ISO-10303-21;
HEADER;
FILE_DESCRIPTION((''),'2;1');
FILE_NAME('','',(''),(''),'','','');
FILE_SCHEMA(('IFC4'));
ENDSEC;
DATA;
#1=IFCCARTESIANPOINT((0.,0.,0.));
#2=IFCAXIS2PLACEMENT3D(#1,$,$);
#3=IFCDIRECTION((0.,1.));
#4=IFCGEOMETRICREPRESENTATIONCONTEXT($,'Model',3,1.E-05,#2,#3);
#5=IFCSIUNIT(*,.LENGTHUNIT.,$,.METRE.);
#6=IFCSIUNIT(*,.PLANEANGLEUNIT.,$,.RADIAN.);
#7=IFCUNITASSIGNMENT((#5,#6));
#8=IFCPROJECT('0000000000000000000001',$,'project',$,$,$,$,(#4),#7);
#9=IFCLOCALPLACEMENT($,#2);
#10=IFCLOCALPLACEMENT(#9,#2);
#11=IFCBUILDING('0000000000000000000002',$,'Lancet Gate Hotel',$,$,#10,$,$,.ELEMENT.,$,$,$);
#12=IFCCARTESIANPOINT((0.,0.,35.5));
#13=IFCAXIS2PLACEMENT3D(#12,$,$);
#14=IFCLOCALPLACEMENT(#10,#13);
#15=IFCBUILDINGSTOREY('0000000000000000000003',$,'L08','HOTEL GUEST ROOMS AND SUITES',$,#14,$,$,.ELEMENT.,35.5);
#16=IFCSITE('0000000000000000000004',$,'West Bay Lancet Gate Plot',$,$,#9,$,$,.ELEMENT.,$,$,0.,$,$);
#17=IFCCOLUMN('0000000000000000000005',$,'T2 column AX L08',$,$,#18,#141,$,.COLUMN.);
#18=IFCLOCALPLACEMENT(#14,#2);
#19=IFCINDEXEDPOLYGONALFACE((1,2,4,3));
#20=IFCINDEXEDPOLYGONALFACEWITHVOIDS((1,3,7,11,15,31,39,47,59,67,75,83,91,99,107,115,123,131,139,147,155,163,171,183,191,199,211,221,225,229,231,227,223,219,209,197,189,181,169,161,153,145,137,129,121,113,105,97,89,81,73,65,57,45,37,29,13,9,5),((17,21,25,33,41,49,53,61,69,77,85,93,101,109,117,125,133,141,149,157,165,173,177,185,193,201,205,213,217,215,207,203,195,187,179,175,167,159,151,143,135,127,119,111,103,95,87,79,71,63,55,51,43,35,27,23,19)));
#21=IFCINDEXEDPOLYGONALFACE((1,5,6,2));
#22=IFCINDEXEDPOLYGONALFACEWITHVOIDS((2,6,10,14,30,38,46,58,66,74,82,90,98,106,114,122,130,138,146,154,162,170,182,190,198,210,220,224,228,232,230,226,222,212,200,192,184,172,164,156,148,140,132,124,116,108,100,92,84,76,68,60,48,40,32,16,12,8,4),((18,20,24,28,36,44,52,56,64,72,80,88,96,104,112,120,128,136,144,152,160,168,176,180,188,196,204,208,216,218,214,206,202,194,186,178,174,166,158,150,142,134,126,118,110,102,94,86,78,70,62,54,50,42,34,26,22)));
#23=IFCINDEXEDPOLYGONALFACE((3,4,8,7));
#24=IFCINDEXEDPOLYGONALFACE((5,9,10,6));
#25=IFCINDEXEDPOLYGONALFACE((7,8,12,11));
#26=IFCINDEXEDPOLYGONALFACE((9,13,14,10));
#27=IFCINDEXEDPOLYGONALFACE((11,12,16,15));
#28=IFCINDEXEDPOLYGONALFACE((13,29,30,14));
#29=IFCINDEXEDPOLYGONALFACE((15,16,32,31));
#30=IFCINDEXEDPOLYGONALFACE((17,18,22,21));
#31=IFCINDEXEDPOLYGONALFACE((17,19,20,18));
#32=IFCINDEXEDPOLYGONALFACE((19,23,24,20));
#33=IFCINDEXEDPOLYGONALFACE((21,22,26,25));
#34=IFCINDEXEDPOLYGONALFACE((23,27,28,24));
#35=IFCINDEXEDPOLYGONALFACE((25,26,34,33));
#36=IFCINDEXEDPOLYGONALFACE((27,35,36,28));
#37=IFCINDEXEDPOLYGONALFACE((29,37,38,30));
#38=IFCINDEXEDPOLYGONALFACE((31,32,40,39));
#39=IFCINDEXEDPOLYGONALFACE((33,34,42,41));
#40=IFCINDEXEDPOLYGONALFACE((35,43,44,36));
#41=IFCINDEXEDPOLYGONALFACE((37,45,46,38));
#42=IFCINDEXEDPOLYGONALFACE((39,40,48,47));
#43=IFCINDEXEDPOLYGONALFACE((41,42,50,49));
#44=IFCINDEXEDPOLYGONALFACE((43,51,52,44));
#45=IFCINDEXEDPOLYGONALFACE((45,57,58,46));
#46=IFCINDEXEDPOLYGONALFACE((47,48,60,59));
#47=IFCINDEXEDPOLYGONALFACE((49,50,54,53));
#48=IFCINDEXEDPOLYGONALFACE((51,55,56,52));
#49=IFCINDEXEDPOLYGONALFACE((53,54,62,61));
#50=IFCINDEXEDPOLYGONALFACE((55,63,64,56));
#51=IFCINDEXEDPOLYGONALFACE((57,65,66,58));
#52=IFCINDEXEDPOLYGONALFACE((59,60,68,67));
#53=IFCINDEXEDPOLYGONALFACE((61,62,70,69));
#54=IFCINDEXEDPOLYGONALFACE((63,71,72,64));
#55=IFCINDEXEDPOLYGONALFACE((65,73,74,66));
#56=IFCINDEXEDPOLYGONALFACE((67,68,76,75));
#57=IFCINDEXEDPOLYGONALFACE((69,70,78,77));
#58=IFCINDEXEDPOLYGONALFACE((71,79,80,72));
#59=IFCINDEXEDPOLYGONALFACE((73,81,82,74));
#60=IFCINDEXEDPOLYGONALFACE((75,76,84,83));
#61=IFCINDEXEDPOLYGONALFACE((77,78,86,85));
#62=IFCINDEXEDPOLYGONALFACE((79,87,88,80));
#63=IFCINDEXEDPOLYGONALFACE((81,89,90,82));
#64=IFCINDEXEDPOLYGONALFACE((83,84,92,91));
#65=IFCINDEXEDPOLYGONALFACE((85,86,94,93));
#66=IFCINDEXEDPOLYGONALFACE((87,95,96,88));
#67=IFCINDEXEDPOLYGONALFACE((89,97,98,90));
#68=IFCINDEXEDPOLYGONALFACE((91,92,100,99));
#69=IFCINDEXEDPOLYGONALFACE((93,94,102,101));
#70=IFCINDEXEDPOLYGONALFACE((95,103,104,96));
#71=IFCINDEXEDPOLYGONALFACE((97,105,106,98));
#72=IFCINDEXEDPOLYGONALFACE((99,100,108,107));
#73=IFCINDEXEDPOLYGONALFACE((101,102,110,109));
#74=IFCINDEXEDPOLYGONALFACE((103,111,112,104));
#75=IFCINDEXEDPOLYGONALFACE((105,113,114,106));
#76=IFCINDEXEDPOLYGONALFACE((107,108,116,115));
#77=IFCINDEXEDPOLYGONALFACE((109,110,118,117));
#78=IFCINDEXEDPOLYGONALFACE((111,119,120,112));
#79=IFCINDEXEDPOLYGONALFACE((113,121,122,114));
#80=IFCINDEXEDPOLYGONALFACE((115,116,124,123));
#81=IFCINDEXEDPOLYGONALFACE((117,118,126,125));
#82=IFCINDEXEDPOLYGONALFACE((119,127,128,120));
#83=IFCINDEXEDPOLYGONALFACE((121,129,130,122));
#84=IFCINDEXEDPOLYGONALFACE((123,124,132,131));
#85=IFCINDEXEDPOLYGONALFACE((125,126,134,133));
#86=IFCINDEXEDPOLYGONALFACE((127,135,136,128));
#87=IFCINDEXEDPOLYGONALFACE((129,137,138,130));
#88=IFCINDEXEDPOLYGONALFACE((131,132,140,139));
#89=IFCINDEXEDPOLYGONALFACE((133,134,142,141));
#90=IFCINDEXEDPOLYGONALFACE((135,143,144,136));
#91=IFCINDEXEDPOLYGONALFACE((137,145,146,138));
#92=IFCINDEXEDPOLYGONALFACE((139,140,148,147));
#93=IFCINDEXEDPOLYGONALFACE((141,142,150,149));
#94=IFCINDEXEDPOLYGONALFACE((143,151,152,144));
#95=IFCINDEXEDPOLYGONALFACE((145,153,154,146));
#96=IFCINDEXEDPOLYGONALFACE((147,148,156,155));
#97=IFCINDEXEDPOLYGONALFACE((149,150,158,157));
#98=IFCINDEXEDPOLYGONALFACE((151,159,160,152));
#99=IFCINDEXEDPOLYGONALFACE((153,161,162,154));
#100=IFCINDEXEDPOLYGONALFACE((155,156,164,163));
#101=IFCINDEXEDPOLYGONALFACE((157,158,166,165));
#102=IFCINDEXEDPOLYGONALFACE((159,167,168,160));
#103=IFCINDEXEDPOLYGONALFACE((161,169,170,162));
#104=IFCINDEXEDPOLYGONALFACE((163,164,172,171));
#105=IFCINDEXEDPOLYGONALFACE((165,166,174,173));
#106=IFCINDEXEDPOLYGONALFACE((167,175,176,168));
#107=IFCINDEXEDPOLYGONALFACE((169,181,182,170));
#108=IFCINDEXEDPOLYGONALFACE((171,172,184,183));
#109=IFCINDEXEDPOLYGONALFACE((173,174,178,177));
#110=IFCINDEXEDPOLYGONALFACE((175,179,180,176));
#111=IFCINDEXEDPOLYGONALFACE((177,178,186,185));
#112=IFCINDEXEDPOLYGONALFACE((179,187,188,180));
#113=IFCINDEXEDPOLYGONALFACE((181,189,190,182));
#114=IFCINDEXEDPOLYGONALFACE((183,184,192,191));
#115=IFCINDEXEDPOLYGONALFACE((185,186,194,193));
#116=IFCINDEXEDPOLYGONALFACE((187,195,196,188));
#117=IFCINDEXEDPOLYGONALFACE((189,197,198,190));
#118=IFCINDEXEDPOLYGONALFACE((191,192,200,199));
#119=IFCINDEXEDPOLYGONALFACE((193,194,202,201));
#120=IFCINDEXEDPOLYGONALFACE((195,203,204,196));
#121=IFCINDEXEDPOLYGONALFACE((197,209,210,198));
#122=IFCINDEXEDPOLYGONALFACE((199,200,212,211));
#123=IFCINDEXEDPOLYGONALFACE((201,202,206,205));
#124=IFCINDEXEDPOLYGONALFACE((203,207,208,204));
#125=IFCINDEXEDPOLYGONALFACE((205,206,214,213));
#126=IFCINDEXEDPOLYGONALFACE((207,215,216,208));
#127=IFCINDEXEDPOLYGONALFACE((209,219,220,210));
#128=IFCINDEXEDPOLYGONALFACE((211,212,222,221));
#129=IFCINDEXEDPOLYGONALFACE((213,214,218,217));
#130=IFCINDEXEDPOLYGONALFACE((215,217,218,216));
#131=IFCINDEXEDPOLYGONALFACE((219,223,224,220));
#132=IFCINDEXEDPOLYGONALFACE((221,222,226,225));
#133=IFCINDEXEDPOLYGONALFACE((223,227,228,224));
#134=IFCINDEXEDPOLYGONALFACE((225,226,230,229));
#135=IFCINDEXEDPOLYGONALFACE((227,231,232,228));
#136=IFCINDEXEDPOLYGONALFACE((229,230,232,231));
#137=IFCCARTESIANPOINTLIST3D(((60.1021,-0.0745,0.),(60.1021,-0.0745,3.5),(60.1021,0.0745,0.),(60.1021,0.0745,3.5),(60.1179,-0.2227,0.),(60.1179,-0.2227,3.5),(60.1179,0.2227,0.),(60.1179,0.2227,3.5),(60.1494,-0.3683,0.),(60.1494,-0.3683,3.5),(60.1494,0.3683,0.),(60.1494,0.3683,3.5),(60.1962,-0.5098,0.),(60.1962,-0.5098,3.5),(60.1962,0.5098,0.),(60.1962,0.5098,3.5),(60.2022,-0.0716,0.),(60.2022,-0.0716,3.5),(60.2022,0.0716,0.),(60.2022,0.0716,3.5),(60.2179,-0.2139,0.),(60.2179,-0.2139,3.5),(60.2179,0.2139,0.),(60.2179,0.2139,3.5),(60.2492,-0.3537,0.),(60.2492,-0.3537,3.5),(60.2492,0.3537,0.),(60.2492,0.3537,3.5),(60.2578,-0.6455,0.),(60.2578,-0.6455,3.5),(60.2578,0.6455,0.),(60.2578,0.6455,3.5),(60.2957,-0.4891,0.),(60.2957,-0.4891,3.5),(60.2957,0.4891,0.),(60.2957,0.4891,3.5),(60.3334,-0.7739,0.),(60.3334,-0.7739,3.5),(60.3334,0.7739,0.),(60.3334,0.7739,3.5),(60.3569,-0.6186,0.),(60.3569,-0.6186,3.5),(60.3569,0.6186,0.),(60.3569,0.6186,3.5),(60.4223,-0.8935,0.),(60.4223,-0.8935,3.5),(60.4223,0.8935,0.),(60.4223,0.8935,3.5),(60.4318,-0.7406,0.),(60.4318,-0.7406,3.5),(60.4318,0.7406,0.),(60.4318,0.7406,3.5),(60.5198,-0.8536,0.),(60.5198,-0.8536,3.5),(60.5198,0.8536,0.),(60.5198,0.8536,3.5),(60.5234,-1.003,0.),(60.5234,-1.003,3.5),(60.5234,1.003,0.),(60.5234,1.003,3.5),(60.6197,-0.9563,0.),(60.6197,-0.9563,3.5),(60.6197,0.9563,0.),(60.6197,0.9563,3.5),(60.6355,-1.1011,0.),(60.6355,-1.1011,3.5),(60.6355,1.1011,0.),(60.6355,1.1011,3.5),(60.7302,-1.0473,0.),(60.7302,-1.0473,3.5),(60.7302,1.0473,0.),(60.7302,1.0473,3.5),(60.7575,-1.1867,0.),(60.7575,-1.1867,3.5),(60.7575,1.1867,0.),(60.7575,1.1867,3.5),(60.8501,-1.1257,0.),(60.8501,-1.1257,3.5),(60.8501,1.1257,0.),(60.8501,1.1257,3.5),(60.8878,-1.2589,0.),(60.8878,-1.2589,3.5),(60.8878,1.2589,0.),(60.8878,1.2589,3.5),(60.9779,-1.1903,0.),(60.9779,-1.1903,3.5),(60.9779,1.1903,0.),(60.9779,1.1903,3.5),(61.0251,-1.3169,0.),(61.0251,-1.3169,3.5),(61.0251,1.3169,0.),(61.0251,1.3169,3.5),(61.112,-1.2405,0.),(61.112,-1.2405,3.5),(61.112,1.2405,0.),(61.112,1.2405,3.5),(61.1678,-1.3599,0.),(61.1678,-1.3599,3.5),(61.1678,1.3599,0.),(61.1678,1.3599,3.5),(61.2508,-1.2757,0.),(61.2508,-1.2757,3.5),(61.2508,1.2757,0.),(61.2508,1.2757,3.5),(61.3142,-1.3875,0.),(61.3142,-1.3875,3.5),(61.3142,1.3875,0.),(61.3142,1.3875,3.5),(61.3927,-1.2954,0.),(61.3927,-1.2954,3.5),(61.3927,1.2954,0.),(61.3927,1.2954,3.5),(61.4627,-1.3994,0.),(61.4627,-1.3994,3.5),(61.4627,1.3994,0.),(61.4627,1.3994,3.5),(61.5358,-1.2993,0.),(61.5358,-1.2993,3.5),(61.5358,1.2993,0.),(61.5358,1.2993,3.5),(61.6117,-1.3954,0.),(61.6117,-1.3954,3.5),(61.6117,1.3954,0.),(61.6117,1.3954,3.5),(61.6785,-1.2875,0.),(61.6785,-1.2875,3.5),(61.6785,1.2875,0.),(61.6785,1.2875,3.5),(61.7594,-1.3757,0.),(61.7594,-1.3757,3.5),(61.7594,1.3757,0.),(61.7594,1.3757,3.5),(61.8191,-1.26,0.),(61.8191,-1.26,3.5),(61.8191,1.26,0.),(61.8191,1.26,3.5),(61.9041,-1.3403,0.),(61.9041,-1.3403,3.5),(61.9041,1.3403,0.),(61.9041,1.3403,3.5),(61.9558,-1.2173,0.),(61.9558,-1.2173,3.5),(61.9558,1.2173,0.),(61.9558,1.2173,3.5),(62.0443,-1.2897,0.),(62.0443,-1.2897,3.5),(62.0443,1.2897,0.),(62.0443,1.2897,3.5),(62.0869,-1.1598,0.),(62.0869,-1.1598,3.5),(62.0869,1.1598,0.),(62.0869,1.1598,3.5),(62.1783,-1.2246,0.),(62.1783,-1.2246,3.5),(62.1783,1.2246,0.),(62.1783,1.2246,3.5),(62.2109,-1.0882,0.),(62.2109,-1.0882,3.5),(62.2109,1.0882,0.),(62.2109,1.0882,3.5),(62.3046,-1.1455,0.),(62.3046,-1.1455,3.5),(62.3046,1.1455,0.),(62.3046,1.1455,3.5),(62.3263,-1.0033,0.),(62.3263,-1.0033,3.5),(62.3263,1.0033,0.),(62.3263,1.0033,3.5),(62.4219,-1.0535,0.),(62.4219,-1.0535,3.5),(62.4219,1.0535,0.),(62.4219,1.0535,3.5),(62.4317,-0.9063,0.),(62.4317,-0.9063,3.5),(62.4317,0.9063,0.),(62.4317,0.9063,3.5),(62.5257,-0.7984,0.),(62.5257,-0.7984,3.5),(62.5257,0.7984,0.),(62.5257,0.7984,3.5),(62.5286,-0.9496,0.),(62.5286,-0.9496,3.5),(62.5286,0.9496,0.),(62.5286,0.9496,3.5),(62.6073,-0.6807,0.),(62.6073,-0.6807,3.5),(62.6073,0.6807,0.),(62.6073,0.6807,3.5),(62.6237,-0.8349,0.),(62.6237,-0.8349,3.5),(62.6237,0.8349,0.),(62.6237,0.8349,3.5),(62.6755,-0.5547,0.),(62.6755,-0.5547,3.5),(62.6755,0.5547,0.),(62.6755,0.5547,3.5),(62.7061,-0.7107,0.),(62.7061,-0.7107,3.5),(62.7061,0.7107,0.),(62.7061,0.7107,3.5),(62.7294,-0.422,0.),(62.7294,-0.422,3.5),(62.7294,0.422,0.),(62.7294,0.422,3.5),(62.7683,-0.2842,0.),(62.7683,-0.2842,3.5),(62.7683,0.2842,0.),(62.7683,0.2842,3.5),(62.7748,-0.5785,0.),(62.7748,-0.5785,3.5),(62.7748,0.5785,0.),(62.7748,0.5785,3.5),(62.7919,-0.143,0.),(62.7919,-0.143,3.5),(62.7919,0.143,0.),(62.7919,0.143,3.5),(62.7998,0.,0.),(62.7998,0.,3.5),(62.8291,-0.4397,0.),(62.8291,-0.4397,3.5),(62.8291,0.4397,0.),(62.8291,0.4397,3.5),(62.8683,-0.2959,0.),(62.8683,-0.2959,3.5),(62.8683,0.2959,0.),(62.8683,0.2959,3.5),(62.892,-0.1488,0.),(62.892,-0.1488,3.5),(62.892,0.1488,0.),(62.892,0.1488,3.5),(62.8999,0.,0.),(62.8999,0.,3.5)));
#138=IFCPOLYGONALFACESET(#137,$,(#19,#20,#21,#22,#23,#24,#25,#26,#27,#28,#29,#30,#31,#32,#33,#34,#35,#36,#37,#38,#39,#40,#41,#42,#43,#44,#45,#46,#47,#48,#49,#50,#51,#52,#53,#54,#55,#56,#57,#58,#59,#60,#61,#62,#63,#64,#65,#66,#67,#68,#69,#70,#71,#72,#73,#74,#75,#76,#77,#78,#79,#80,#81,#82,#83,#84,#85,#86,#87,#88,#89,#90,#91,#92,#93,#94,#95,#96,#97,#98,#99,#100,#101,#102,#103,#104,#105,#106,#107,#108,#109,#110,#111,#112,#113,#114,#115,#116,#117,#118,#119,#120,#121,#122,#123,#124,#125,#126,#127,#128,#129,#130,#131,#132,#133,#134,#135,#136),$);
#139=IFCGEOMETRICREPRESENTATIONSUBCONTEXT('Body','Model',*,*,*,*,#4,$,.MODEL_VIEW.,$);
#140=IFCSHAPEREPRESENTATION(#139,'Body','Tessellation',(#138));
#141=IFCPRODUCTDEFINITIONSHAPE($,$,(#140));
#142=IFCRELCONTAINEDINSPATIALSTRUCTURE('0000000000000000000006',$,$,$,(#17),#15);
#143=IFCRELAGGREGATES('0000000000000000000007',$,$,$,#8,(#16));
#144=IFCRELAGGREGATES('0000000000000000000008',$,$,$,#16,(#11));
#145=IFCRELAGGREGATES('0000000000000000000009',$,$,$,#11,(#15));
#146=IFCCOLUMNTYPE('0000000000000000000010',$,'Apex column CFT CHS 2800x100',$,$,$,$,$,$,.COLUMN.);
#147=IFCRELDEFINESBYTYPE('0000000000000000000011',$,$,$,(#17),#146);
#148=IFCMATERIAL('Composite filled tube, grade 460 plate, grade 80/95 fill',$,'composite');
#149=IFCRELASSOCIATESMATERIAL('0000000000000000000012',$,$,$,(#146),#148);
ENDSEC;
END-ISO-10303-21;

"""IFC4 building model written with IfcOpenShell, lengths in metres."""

from ifc_helpers import new_model, si_unit, direction, frame, origin, origin_2d, place, context, subcontext, project, spatial, hollow_circle, extrude, material, material_profile, profile_set, type_object, element, save


model = new_model("IFC4")

# Units and contexts
model_context = context("Model", 3, precision=1e-05, world=origin(), true_north=direction((0.0, 1.0)))
body_context = subcontext(model_context, "Body", "Model", "MODEL_VIEW")
ifc_project = project(units=[si_unit("LENGTHUNIT", "METRE"), si_unit("PLANEANGLEUNIT", "RADIAN")], contexts=[model_context])

# Site, building, storey
site_placement = place(None, origin())
site = spatial("IfcSite", under=ifc_project, at=site_placement, Name="West Bay Lancet Gate Plot", CompositionType="ELEMENT", RefElevation=0.0)
building_placement = place(site_placement, origin())
building = spatial("IfcBuilding", under=site, at=building_placement, Name="Lancet Gate Hotel", CompositionType="ELEMENT")
storey_placement = place(building_placement, frame((0.0, 0.0, 35.5)))
storey = spatial("IfcBuildingStorey", under=building, at=storey_placement, Name="L08", Description="HOTEL GUEST ROOMS AND SUITES", CompositionType="ELEMENT", Elevation=35.5)

# Column
ifc_material_1 = material(Name="Composite filled tube, grade 460 plate, grade 80/95 fill", Category="composite")
ifc_material_profile_1 = material_profile(ifc_material_1, hollow_circle(Radius=1.3999, WallThickness=0.1001, at=origin_2d()), Name="CHS 2800x100")
ifc_profile_set_1 = profile_set([ifc_material_profile_1], Name="Composite filled tube, grade 460 plate, grade 80/95 fill")
column_type_1 = type_object("IfcColumnType", Name="Apex column CFT CHS 2800x100", PredefinedType="COLUMN", material=ifc_profile_set_1)
column_1_placement = place(storey_placement, frame((61.5, 0.0, 0.0), z_axis=(0.0, 0.0, 1.0), x_axis=(1.0, 0.0, 0.0)))
element("IfcColumn", 1, at=column_1_placement, inside=storey, type_object=column_type_1, Name="T2 column AX L08", PredefinedType="COLUMN", context=body_context, shape_type="SweptSolid", body=[
    extrude(hollow_circle(Radius=1.3999, WallThickness=0.1001, at=origin_2d()), origin(), (0.0, 0.0, 1.0), 3.5),
])

save(model, "model.ifc")
